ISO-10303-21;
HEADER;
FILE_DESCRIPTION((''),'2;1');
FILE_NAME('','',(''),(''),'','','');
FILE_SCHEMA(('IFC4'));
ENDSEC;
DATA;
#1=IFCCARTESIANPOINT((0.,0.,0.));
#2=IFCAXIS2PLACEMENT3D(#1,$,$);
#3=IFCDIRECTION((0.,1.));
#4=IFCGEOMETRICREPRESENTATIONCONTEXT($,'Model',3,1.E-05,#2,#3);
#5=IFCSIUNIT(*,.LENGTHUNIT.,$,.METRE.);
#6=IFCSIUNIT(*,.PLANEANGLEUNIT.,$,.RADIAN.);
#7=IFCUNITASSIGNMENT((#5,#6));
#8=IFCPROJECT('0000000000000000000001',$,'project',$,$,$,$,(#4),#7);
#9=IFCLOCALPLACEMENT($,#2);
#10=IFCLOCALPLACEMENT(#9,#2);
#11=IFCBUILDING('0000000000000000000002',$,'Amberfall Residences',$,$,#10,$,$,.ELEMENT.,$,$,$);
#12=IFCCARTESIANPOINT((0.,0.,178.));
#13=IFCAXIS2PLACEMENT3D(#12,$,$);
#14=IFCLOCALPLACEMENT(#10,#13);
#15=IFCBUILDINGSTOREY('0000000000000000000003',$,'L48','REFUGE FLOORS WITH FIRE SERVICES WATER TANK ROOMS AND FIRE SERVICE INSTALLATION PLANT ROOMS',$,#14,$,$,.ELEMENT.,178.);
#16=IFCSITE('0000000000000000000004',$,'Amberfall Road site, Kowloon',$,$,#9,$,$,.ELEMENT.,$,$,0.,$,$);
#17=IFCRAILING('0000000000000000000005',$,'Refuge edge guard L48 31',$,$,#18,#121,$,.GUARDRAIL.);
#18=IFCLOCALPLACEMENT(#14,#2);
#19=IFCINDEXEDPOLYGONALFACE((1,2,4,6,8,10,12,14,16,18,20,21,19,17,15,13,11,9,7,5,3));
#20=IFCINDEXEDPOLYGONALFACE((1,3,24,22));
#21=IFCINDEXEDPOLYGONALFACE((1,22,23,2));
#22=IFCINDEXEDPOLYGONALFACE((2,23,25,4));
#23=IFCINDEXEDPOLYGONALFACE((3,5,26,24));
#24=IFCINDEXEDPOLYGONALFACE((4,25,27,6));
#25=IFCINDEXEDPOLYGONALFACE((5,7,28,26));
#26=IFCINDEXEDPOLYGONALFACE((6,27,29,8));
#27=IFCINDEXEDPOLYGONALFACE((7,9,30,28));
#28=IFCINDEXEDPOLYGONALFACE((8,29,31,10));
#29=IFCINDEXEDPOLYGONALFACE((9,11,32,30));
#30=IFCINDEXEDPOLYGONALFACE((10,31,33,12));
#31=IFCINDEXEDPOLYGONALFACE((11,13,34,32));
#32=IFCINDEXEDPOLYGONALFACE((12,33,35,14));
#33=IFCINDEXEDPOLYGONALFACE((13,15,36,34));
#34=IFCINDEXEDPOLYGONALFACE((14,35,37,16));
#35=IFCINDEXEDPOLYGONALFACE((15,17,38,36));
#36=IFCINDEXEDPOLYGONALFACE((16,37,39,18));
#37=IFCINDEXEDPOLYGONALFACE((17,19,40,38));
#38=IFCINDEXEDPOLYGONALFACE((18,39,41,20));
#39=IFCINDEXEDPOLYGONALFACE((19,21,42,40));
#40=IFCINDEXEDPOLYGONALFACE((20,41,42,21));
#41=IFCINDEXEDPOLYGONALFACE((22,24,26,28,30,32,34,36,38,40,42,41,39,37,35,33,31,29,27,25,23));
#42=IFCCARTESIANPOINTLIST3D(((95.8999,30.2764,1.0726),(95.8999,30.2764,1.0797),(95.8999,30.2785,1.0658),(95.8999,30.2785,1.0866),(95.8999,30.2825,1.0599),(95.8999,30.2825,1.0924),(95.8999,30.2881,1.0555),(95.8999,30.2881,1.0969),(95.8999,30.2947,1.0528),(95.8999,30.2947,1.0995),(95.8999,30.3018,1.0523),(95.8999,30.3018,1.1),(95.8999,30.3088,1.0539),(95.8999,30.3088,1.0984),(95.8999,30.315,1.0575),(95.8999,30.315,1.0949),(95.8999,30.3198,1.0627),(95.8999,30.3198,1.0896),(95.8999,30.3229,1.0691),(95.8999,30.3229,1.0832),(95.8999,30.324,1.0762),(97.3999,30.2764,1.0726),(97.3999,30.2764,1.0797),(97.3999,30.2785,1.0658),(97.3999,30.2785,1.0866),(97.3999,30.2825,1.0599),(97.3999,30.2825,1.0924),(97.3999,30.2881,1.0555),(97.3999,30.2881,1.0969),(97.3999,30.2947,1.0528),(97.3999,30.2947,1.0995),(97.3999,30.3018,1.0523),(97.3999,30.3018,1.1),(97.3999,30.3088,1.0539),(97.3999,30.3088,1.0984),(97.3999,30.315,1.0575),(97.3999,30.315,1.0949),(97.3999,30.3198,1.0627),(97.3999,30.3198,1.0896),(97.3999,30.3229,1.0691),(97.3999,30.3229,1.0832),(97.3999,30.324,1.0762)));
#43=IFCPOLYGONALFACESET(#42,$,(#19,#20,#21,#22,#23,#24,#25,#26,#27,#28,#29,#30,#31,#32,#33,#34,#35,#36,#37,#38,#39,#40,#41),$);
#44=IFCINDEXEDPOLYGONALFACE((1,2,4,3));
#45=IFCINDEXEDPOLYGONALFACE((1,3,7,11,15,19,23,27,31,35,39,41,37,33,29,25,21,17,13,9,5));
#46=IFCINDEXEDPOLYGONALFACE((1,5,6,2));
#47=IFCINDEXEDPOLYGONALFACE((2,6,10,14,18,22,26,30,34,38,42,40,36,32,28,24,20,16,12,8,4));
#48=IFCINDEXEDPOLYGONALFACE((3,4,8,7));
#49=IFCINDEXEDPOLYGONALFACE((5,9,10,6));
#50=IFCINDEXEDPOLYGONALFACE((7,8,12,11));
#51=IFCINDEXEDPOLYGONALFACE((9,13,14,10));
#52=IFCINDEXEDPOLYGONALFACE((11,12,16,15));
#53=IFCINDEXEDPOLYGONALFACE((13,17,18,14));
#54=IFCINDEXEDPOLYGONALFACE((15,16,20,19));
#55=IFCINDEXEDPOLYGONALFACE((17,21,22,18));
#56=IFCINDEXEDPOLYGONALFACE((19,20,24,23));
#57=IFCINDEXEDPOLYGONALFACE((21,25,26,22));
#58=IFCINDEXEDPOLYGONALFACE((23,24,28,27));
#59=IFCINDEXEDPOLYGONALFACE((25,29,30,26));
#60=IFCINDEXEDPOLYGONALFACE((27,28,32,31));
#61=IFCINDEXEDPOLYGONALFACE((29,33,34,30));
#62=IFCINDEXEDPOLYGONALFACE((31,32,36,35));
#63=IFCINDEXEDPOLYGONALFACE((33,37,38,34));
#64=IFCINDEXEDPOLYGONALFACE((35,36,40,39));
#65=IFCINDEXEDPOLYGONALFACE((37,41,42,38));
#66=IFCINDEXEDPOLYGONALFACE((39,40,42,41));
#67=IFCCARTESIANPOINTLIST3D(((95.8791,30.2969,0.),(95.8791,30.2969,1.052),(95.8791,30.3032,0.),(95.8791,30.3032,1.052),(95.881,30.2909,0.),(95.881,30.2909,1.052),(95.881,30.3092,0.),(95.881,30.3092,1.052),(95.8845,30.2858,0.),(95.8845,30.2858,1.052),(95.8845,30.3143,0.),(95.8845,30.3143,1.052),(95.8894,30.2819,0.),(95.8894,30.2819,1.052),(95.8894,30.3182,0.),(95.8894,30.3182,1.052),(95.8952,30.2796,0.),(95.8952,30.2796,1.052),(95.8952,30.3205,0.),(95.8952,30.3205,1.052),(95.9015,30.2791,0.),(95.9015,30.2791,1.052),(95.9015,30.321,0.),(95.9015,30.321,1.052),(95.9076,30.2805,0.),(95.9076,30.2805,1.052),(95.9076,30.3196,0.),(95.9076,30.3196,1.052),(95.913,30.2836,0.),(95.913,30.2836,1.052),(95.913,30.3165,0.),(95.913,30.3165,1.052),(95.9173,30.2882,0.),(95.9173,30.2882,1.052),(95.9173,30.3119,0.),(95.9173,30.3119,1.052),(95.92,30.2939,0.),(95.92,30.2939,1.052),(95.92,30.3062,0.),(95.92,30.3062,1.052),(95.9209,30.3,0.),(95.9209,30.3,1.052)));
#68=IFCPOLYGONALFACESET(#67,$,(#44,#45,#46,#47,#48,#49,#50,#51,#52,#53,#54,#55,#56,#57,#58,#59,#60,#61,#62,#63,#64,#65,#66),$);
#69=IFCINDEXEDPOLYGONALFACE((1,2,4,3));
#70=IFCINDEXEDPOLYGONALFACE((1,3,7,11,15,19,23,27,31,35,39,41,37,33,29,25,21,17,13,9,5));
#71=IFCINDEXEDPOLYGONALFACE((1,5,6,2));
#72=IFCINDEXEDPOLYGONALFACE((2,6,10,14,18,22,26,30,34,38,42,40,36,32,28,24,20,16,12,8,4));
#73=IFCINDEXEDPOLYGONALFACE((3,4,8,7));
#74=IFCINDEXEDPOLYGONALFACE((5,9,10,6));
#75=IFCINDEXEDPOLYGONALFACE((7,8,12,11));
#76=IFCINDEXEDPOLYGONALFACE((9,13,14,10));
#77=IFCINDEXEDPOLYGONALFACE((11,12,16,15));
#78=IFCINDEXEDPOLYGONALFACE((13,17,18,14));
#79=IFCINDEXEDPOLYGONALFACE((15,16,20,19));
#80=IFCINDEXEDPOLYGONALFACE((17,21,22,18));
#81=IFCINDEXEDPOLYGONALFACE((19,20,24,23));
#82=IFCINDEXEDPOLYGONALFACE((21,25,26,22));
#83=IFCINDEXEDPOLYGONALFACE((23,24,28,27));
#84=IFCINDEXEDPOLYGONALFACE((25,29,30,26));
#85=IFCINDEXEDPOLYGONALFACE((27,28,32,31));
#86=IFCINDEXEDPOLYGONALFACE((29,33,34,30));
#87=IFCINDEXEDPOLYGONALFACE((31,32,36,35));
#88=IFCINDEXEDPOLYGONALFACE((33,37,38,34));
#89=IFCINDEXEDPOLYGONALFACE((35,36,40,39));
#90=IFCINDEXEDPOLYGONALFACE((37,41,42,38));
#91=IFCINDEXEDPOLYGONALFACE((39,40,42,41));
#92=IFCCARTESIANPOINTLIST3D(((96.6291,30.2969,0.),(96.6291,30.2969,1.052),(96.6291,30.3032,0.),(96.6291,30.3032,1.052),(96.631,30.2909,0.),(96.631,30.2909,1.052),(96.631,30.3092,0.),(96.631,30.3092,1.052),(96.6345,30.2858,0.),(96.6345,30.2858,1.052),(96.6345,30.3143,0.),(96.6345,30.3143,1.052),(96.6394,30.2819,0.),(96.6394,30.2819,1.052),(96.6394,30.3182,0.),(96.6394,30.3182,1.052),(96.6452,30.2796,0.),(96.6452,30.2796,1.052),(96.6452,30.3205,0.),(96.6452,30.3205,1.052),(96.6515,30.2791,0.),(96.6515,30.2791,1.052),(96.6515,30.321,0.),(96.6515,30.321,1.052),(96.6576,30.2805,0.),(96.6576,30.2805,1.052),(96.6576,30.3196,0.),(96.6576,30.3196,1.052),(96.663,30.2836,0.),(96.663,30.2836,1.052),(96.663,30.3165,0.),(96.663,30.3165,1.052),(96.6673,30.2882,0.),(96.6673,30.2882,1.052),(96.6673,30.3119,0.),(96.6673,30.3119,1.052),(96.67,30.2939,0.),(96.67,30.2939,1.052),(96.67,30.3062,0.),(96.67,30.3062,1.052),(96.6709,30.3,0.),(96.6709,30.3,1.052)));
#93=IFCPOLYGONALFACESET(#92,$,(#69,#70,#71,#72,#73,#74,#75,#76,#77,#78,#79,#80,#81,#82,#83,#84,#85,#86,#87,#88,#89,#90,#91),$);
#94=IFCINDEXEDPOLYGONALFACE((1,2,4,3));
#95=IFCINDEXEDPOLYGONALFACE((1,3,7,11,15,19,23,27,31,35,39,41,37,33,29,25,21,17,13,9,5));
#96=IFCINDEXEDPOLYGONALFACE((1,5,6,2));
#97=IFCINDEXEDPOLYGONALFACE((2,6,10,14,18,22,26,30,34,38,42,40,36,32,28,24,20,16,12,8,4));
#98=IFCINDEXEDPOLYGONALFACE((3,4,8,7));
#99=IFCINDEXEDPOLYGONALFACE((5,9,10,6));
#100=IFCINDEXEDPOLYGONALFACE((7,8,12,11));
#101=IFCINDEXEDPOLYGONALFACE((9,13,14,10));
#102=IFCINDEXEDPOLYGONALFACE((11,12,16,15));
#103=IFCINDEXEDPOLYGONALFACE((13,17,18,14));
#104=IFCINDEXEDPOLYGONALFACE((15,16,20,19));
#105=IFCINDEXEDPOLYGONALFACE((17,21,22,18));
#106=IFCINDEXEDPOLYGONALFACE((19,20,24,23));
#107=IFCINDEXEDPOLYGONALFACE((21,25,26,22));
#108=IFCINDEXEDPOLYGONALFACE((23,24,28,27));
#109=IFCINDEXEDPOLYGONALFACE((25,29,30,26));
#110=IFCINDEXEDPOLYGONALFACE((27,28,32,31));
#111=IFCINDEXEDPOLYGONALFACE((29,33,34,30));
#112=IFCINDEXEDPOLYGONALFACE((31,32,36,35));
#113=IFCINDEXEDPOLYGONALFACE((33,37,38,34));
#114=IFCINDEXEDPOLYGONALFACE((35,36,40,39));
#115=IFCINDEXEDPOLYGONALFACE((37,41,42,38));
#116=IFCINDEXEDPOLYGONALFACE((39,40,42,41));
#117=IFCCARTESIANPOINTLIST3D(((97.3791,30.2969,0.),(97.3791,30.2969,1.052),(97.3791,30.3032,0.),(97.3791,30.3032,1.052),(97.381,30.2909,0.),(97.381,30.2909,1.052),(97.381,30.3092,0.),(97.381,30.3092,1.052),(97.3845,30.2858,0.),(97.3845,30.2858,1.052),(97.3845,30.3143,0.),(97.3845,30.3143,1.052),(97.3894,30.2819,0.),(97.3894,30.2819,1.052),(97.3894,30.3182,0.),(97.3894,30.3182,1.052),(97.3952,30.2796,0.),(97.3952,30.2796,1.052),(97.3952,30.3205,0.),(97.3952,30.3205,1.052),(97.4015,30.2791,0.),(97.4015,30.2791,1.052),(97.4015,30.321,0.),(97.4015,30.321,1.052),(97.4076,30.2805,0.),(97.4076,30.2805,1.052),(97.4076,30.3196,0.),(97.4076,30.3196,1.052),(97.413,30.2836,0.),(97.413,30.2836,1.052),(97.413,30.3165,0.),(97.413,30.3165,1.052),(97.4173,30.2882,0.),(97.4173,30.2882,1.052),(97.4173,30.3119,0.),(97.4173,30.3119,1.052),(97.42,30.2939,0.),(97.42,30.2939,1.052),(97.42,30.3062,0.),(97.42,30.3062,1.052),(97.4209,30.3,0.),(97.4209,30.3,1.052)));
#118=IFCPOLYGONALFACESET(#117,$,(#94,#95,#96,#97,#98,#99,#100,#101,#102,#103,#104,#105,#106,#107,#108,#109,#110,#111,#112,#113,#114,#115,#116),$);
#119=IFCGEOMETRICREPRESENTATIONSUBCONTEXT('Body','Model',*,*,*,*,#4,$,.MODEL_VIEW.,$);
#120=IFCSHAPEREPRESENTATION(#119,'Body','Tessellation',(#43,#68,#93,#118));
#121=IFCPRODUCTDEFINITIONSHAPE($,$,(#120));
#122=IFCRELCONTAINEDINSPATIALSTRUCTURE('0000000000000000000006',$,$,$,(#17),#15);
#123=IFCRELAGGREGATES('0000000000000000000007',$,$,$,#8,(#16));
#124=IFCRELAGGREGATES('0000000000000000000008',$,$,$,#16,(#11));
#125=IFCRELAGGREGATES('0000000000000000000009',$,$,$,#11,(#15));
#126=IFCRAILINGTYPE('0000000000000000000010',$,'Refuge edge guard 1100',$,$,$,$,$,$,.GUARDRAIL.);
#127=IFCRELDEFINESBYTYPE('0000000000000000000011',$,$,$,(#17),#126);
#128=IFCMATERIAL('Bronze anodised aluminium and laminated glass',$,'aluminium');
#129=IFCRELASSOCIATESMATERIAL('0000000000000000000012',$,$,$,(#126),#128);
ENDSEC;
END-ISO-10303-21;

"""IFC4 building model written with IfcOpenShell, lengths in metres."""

from ifc_helpers import new_model, si_unit, direction, frame, origin, origin_2d, place, context, subcontext, project, spatial, circle, extrude, material, type_object, element, save


model = new_model("IFC4")

# Units and contexts
model_context = context("Model", 3, precision=1e-05, world=origin(), true_north=direction((0.0, 1.0)))
body_context = subcontext(model_context, "Body", "Model", "MODEL_VIEW")
ifc_project = project(units=[si_unit("LENGTHUNIT", "METRE"), si_unit("PLANEANGLEUNIT", "RADIAN")], contexts=[model_context])

# Site, building, storey
site_placement = place(None, origin())
site = spatial("IfcSite", under=ifc_project, at=site_placement, Name="Amberfall Road site, Kowloon", CompositionType="ELEMENT", RefElevation=0.0)
building_placement = place(site_placement, origin())
building = spatial("IfcBuilding", under=site, at=building_placement, Name="Amberfall Residences", CompositionType="ELEMENT")
storey_placement = place(building_placement, frame((0.0, 0.0, 178.0)))
storey = spatial("IfcBuildingStorey", under=building, at=storey_placement, Name="L48", Description="REFUGE FLOORS WITH FIRE SERVICES WATER TANK ROOMS AND FIRE SERVICE INSTALLATION PLANT ROOMS", CompositionType="ELEMENT", Elevation=178.0)

# Railing
ifc_material_1 = material(Name="Bronze anodised aluminium and laminated glass", Category="aluminium")
railing_type = type_object("IfcRailingType", Name="Refuge edge guard 1100", PredefinedType="GUARDRAIL", material=ifc_material_1)
railing_1_placement = place(storey_placement, frame((95.8999, 30.3, 0.0)))
element("IfcRailing", 1, at=railing_1_placement, inside=storey, type_object=railing_type, Name="Refuge edge guard L48 31", PredefinedType="GUARDRAIL", context=body_context, shape_type="SweptSolid", body=[
    extrude(circle(Radius=0.0239, at=origin_2d()), frame((0.0, 0.0, 1.0762), z_axis=(1.0, 0.0, 0.0), x_axis=(0.0, 1.0, 0.0)), (0.0, 0.0, 1.0), 1.5),
    extrude(circle(Radius=0.021, at=origin_2d()), origin(), (0.0, 0.0, 1.0), 1.052),
    extrude(circle(Radius=0.021, at=origin_2d()), frame((0.75, 0.0, 0.0)), (0.0, 0.0, 1.0), 1.052),
    extrude(circle(Radius=0.021, at=origin_2d()), frame((1.5, 0.0, 0.0)), (0.0, 0.0, 1.0), 1.052),
])

save(model, "model.ifc")
